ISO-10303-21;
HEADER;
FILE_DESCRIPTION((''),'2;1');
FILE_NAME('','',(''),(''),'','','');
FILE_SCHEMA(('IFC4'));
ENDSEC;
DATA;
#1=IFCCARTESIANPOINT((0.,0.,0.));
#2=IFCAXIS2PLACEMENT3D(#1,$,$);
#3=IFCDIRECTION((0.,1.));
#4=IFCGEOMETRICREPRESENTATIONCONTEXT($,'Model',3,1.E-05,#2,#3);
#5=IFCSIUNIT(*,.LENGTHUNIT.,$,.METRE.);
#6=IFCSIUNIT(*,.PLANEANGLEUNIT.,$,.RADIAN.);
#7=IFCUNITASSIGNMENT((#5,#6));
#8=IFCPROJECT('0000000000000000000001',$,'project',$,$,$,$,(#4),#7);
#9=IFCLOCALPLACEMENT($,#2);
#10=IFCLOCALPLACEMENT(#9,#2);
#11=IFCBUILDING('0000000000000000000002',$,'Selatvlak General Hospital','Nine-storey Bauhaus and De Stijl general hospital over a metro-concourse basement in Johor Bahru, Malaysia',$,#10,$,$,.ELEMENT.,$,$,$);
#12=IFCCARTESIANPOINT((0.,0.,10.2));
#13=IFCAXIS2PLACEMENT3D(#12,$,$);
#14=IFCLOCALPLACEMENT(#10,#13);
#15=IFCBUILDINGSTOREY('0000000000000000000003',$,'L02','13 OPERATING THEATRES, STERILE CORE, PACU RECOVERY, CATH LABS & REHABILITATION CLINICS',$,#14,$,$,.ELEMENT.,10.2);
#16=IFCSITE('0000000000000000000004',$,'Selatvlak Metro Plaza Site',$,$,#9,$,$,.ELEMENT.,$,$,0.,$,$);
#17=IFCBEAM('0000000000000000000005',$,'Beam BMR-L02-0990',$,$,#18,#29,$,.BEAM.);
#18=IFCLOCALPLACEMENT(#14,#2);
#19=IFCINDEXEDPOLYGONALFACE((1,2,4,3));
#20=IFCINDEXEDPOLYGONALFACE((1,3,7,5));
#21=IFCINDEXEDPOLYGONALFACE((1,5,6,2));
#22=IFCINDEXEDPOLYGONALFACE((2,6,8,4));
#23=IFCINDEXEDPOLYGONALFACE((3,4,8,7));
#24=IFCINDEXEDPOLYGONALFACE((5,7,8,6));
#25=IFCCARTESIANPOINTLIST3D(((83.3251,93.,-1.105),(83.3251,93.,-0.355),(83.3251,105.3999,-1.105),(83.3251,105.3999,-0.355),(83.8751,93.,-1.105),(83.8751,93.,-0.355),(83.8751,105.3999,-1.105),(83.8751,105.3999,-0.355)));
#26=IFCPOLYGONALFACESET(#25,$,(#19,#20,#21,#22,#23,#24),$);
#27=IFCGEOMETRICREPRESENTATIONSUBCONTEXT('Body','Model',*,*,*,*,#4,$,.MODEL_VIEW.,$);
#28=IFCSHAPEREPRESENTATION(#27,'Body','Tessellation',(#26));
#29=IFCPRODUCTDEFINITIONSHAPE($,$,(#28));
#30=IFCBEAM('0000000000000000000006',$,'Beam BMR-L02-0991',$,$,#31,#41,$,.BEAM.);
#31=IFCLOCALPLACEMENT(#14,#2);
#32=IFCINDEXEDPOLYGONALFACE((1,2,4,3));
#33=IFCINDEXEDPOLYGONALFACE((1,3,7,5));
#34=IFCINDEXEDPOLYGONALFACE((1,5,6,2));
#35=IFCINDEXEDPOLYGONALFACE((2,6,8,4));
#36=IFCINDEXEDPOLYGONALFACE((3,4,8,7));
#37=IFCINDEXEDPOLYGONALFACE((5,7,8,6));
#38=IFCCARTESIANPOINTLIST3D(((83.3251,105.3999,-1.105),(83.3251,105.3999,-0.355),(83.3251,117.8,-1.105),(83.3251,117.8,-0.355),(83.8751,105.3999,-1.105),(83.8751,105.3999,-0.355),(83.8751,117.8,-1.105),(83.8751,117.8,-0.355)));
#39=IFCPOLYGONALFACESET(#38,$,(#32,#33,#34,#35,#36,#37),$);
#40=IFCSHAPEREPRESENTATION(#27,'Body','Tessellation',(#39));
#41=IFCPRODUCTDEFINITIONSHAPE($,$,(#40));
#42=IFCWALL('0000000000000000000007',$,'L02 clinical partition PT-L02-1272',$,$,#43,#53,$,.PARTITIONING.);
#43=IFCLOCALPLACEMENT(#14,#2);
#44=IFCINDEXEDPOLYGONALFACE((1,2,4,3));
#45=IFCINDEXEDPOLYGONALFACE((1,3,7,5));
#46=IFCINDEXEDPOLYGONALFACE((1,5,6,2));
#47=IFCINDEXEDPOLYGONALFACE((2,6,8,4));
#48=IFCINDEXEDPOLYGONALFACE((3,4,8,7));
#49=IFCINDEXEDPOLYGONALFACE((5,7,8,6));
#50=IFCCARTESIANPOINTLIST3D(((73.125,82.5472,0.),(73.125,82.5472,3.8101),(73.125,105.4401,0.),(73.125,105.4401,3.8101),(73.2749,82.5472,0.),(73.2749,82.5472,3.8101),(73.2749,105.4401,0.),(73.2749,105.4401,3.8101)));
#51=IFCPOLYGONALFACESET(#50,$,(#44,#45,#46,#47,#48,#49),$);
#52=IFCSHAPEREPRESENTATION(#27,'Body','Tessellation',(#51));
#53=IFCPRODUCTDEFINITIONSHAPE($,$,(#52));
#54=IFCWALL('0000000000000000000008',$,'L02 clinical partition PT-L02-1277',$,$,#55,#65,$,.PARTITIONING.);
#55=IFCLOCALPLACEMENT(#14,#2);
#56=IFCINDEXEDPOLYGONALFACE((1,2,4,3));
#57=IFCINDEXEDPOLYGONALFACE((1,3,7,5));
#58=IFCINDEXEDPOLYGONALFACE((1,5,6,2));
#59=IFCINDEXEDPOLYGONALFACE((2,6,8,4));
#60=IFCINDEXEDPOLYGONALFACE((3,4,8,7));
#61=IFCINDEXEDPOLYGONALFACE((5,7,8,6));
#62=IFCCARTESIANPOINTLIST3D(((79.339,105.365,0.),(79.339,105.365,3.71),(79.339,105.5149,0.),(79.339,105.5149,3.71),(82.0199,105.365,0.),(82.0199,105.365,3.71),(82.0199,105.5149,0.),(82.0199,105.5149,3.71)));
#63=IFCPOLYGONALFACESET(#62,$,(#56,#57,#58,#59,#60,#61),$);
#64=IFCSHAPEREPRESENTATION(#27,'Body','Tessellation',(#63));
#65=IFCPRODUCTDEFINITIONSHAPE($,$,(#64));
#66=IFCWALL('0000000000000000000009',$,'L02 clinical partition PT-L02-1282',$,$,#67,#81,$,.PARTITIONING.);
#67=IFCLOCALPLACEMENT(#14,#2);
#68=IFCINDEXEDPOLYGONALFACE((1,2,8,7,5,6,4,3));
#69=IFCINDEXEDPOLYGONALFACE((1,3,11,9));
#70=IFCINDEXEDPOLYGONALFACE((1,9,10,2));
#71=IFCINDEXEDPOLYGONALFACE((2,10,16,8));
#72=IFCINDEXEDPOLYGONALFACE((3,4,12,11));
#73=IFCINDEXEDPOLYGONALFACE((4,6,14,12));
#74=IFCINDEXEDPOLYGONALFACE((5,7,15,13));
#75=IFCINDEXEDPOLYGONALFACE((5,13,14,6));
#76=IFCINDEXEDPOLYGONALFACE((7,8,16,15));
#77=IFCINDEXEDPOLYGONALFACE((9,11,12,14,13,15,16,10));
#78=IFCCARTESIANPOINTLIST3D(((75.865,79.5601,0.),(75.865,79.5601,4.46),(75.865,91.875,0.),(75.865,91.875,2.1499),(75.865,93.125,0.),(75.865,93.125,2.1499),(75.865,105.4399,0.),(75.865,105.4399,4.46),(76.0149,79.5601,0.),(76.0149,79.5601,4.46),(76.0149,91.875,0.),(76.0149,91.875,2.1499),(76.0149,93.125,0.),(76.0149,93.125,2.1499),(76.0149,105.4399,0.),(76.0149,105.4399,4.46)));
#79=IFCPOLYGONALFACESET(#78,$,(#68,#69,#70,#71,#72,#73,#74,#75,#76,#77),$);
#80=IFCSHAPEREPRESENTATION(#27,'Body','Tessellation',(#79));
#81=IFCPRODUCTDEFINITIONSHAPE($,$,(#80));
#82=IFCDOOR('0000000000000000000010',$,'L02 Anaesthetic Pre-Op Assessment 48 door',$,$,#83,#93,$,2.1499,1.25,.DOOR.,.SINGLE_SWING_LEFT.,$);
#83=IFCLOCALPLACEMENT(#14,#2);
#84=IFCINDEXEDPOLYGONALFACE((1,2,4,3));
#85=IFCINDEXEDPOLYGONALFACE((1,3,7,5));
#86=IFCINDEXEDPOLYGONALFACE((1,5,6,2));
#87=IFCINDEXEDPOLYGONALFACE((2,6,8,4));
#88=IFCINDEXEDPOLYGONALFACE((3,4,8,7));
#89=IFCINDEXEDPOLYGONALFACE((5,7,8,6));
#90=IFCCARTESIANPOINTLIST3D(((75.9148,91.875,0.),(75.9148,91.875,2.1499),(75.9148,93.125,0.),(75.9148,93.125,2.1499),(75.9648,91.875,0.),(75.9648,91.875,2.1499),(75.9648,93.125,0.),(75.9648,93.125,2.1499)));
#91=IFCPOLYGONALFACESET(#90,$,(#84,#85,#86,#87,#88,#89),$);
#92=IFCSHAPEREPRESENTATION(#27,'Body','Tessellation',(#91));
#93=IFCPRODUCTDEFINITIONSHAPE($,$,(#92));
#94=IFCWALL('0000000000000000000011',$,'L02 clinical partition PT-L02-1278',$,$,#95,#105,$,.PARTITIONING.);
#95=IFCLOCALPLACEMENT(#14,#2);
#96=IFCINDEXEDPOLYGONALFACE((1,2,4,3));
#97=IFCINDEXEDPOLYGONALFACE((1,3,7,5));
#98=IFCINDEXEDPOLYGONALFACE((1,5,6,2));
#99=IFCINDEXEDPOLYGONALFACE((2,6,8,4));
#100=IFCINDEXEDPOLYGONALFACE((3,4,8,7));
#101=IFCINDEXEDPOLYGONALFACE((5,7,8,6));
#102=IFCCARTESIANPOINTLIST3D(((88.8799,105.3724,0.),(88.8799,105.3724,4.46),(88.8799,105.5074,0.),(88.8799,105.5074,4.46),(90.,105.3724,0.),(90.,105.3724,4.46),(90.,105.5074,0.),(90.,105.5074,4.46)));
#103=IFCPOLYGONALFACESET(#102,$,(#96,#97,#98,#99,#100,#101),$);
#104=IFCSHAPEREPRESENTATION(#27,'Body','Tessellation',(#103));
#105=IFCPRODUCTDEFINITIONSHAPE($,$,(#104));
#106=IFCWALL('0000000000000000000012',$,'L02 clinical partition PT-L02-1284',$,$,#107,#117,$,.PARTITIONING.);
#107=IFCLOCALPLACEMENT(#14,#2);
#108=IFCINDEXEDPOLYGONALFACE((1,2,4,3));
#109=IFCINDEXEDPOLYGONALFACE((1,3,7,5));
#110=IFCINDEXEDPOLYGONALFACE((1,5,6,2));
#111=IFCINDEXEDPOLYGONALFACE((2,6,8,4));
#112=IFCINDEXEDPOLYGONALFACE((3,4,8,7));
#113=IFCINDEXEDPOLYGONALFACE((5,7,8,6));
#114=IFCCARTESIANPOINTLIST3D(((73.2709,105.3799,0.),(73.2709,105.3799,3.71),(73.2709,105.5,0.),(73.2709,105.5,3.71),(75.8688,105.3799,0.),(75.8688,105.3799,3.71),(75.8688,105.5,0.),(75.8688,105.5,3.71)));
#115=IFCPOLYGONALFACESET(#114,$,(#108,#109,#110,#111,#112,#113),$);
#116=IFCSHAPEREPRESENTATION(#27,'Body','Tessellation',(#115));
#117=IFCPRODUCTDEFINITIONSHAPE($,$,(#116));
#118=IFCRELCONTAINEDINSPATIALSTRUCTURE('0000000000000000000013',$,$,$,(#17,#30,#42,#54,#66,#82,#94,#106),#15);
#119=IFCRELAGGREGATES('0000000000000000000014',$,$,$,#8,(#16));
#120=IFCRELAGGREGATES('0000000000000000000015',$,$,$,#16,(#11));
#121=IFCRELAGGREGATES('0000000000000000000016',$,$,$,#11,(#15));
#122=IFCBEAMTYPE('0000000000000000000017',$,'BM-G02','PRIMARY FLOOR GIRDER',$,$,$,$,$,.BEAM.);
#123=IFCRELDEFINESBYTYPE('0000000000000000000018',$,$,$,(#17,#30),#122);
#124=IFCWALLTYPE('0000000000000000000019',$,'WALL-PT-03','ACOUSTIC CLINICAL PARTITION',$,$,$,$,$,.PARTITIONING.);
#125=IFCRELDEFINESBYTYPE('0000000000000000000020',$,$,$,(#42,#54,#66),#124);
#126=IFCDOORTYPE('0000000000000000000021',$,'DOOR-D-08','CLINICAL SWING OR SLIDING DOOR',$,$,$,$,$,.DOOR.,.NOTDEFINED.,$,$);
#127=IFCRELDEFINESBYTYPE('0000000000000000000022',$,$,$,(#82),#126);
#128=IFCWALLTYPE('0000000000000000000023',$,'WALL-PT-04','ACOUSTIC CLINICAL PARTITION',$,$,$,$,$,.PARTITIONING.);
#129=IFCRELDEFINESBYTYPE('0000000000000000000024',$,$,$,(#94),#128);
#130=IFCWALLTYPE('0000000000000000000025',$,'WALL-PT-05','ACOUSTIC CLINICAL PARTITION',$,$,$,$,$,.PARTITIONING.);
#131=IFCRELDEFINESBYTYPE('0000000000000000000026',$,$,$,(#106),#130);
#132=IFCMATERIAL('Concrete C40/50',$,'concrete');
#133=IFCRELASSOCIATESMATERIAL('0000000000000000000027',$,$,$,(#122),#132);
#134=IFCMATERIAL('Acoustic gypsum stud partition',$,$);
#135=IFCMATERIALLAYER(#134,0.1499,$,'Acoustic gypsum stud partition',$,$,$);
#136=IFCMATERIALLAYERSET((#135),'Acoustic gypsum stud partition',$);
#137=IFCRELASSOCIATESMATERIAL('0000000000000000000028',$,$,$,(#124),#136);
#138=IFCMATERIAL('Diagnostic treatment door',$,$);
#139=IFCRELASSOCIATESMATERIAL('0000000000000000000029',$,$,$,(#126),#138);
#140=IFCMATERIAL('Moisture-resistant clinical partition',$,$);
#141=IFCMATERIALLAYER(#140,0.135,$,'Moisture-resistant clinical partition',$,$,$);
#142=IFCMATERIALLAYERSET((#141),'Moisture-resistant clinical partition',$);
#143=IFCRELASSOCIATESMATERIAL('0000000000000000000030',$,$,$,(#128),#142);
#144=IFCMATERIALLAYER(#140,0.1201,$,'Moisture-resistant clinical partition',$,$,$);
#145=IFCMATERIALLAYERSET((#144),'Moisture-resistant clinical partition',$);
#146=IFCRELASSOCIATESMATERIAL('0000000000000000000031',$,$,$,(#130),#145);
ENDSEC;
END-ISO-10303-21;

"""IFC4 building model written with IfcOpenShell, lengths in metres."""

from ifc_helpers import new_model, si_unit, direction, frame, frame_2d, origin, origin_2d, place, context, subcontext, project, spatial, rectangle, extrude, material, layer, layer_set, material_profile, profile_set, type_object, element, fill, save


model = new_model("IFC4")

# Units and contexts
model_context = context("Model", 3, precision=1e-05, world=origin(), true_north=direction((0.0, 1.0)))
body_context = subcontext(model_context, "Body", "Model", "MODEL_VIEW")
ifc_project = project(units=[si_unit("LENGTHUNIT", "METRE"), si_unit("PLANEANGLEUNIT", "RADIAN")], contexts=[model_context])

# Site, building, storey
site_placement = place(None, origin())
site = spatial("IfcSite", under=ifc_project, at=site_placement, Name="Selatvlak Metro Plaza Site", CompositionType="ELEMENT", RefElevation=0.0)
building_placement = place(site_placement, origin())
building = spatial("IfcBuilding", under=site, at=building_placement, Name="Selatvlak General Hospital", Description="Nine-storey Bauhaus and De Stijl general hospital over a metro-concourse basement in Johor Bahru, Malaysia", CompositionType="ELEMENT")
storey_placement = place(building_placement, frame((0.0, 0.0, 10.2)))
storey = spatial("IfcBuildingStorey", under=building, at=storey_placement, Name="L02", Description="13 OPERATING THEATRES, STERILE CORE, PACU RECOVERY, CATH LABS & REHABILITATION CLINICS", CompositionType="ELEMENT", Elevation=10.2)

# Beams
ifc_material_1 = material(Name="Concrete C40/50", Category="concrete")
ifc_material_profile_1 = material_profile(ifc_material_1, rectangle(XDim=0.55, YDim=0.75, at=origin_2d()), Name="RC-BM 550x750")
ifc_profile_set_1 = profile_set([ifc_material_profile_1], Name="Concrete C40/50")
beam_type = type_object("IfcBeamType", Name="BM-G02", Description="PRIMARY FLOOR GIRDER", PredefinedType="BEAM", material=ifc_profile_set_1)
beam_1_placement = place(storey_placement, frame((83.6001, 93.0, -0.73), z_axis=(0.0, 1.0, 0.0), x_axis=(-1.0, 0.0, 0.0)))
element("IfcBeam", 1, at=beam_1_placement, inside=storey, type_object=beam_type, Name="Beam BMR-L02-0990", PredefinedType="BEAM", context=body_context, shape_type="SweptSolid", body=[
    extrude(rectangle(XDim=0.55, YDim=0.75, at=origin_2d()), origin(), (0.0, 0.0, 1.0), 12.3999),
])
beam_2_placement = place(storey_placement, frame((83.6001, 105.3999, -0.73), z_axis=(0.0, 1.0, 0.0), x_axis=(-1.0, 0.0, 0.0)))
element("IfcBeam", 2, at=beam_2_placement, inside=storey, type_object=beam_type, Name="Beam BMR-L02-0991", PredefinedType="BEAM", context=body_context, shape_type="SweptSolid", body=[
    extrude(rectangle(XDim=0.55, YDim=0.75, at=origin_2d()), origin(), (0.0, 0.0, 1.0), 12.4001),
])

# Walls
ifc_material_2 = material(Name="Acoustic gypsum stud partition")
ifc_layer_1 = layer(ifc_material_2, 0.1499, Name="Acoustic gypsum stud partition")
ifc_layer_set_1 = layer_set([ifc_layer_1], Name="Acoustic gypsum stud partition")
wall_type_1 = type_object("IfcWallType", Name="WALL-PT-03", Description="ACOUSTIC CLINICAL PARTITION", PredefinedType="PARTITIONING", material=ifc_layer_set_1)
wall_1_placement = place(storey_placement, frame((73.2, 105.4399, 0.0), z_axis=(0.0, 0.0, 1.0), x_axis=(0.0, -1.0, 0.0)))
element("IfcWall", 3, at=wall_1_placement, inside=storey, type_object=wall_type_1, Name="L02 clinical partition PT-L02-1272", PredefinedType="PARTITIONING", context=body_context, shape_type="SweptSolid", body=[
    extrude(rectangle(XDim=22.8928, YDim=0.1499, at=frame_2d((11.4463, 0.0))), origin(), (0.0, 0.0, 1.0), 3.8101),
])
wall_2_placement = place(storey_placement, frame((79.3391, 105.4399, 0.0), z_axis=(0.0, 0.0, 1.0), x_axis=(1.0, 0.0, 0.0)))
element("IfcWall", 4, at=wall_2_placement, inside=storey, type_object=wall_type_1, Name="L02 clinical partition PT-L02-1277", PredefinedType="PARTITIONING", context=body_context, shape_type="SweptSolid", body=[
    extrude(rectangle(XDim=2.6809, YDim=0.1499, at=frame_2d((1.3403, 0.0))), origin(), (0.0, 0.0, 1.0), 3.71),
])

# Wall, opening, door
wall_3_placement = place(storey_placement, frame((75.9399, 105.4399, 0.0), z_axis=(0.0, 0.0, 1.0), x_axis=(0.0, -1.0, 0.0)))
wall_3 = element("IfcWall", 5, at=wall_3_placement, inside=storey, type_object=wall_type_1, Name="L02 clinical partition PT-L02-1282", PredefinedType="PARTITIONING", context=body_context, shape_type="SweptSolid", body=[
    extrude(rectangle(XDim=25.8799, YDim=0.1499, at=frame_2d((12.9399, 0.0))), origin(), (0.0, 0.0, 1.0), 4.46),
])
opening_placement = place(wall_3_placement, frame((12.3149, 0.0, 0.0)))
opening = element("IfcOpeningElement", 6, at=opening_placement, cuts=wall_3, PredefinedType="OPENING", context=body_context, shape_type="SweptSolid", body=[
    extrude(rectangle(XDim=1.25, YDim=2.1499, at=frame_2d((0.625, 1.075))), frame((0.0, 0.085, 0.0), z_axis=(0.0, -1.0, 0.0), x_axis=(1.0, 0.0, 0.0)), (0.0, 0.0, 1.0), 0.1699),
])
ifc_material_3 = material(Name="Diagnostic treatment door")
door_type = type_object("IfcDoorType", Name="DOOR-D-08", Description="CLINICAL SWING OR SLIDING DOOR", OperationType="NOTDEFINED", PredefinedType="DOOR", material=ifc_material_3)
door_placement = place(opening_placement, origin())
door = element("IfcDoor", 7, at=door_placement, inside=storey, type_object=door_type, Name="L02 Anaesthetic Pre-Op Assessment 48 door", OperationType="SINGLE_SWING_LEFT", OverallHeight=2.1499, OverallWidth=1.25, PredefinedType="DOOR", context=body_context, shape_type="SweptSolid", body=[
    extrude(rectangle(XDim=1.25, YDim=2.1499, at=frame_2d((0.625, 1.075))), frame((0.0, 0.0249, 0.0), z_axis=(0.0, -1.0, 0.0), x_axis=(1.0, 0.0, 0.0)), (0.0, 0.0, 1.0), 0.05),
])
fill(opening, door)

# Walls
ifc_material_4 = material(Name="Moisture-resistant clinical partition")
ifc_layer_2 = layer(ifc_material_4, 0.135, Name="Moisture-resistant clinical partition")
ifc_layer_set_2 = layer_set([ifc_layer_2], Name="Moisture-resistant clinical partition")
wall_type_2 = type_object("IfcWallType", Name="WALL-PT-04", Description="ACOUSTIC CLINICAL PARTITION", PredefinedType="PARTITIONING", material=ifc_layer_set_2)
wall_4_placement = place(storey_placement, frame((88.8799, 105.4399, 0.0), z_axis=(0.0, 0.0, 1.0), x_axis=(1.0, 0.0, 0.0)))
element("IfcWall", 8, at=wall_4_placement, inside=storey, type_object=wall_type_2, Name="L02 clinical partition PT-L02-1278", PredefinedType="PARTITIONING", context=body_context, shape_type="SweptSolid", body=[
    extrude(rectangle(XDim=1.1201, YDim=0.135, at=frame_2d((0.5601, 0.0))), origin(), (0.0, 0.0, 1.0), 4.46),
])
ifc_layer_3 = layer(ifc_material_4, 0.1201, Name="Moisture-resistant clinical partition")
ifc_layer_set_3 = layer_set([ifc_layer_3], Name="Moisture-resistant clinical partition")
wall_type_3 = type_object("IfcWallType", Name="WALL-PT-05", Description="ACOUSTIC CLINICAL PARTITION", PredefinedType="PARTITIONING", material=ifc_layer_set_3)
wall_5_placement = place(storey_placement, frame((73.271, 105.4399, 0.0), z_axis=(0.0, 0.0, 1.0), x_axis=(1.0, 0.0, 0.0)))
element("IfcWall", 9, at=wall_5_placement, inside=storey, type_object=wall_type_3, Name="L02 clinical partition PT-L02-1284", PredefinedType="PARTITIONING", context=body_context, shape_type="SweptSolid", body=[
    extrude(rectangle(XDim=2.5979, YDim=0.1201, at=frame_2d((1.2988, 0.0))), origin(), (0.0, 0.0, 1.0), 3.71),
])

save(model, "model.ifc")
